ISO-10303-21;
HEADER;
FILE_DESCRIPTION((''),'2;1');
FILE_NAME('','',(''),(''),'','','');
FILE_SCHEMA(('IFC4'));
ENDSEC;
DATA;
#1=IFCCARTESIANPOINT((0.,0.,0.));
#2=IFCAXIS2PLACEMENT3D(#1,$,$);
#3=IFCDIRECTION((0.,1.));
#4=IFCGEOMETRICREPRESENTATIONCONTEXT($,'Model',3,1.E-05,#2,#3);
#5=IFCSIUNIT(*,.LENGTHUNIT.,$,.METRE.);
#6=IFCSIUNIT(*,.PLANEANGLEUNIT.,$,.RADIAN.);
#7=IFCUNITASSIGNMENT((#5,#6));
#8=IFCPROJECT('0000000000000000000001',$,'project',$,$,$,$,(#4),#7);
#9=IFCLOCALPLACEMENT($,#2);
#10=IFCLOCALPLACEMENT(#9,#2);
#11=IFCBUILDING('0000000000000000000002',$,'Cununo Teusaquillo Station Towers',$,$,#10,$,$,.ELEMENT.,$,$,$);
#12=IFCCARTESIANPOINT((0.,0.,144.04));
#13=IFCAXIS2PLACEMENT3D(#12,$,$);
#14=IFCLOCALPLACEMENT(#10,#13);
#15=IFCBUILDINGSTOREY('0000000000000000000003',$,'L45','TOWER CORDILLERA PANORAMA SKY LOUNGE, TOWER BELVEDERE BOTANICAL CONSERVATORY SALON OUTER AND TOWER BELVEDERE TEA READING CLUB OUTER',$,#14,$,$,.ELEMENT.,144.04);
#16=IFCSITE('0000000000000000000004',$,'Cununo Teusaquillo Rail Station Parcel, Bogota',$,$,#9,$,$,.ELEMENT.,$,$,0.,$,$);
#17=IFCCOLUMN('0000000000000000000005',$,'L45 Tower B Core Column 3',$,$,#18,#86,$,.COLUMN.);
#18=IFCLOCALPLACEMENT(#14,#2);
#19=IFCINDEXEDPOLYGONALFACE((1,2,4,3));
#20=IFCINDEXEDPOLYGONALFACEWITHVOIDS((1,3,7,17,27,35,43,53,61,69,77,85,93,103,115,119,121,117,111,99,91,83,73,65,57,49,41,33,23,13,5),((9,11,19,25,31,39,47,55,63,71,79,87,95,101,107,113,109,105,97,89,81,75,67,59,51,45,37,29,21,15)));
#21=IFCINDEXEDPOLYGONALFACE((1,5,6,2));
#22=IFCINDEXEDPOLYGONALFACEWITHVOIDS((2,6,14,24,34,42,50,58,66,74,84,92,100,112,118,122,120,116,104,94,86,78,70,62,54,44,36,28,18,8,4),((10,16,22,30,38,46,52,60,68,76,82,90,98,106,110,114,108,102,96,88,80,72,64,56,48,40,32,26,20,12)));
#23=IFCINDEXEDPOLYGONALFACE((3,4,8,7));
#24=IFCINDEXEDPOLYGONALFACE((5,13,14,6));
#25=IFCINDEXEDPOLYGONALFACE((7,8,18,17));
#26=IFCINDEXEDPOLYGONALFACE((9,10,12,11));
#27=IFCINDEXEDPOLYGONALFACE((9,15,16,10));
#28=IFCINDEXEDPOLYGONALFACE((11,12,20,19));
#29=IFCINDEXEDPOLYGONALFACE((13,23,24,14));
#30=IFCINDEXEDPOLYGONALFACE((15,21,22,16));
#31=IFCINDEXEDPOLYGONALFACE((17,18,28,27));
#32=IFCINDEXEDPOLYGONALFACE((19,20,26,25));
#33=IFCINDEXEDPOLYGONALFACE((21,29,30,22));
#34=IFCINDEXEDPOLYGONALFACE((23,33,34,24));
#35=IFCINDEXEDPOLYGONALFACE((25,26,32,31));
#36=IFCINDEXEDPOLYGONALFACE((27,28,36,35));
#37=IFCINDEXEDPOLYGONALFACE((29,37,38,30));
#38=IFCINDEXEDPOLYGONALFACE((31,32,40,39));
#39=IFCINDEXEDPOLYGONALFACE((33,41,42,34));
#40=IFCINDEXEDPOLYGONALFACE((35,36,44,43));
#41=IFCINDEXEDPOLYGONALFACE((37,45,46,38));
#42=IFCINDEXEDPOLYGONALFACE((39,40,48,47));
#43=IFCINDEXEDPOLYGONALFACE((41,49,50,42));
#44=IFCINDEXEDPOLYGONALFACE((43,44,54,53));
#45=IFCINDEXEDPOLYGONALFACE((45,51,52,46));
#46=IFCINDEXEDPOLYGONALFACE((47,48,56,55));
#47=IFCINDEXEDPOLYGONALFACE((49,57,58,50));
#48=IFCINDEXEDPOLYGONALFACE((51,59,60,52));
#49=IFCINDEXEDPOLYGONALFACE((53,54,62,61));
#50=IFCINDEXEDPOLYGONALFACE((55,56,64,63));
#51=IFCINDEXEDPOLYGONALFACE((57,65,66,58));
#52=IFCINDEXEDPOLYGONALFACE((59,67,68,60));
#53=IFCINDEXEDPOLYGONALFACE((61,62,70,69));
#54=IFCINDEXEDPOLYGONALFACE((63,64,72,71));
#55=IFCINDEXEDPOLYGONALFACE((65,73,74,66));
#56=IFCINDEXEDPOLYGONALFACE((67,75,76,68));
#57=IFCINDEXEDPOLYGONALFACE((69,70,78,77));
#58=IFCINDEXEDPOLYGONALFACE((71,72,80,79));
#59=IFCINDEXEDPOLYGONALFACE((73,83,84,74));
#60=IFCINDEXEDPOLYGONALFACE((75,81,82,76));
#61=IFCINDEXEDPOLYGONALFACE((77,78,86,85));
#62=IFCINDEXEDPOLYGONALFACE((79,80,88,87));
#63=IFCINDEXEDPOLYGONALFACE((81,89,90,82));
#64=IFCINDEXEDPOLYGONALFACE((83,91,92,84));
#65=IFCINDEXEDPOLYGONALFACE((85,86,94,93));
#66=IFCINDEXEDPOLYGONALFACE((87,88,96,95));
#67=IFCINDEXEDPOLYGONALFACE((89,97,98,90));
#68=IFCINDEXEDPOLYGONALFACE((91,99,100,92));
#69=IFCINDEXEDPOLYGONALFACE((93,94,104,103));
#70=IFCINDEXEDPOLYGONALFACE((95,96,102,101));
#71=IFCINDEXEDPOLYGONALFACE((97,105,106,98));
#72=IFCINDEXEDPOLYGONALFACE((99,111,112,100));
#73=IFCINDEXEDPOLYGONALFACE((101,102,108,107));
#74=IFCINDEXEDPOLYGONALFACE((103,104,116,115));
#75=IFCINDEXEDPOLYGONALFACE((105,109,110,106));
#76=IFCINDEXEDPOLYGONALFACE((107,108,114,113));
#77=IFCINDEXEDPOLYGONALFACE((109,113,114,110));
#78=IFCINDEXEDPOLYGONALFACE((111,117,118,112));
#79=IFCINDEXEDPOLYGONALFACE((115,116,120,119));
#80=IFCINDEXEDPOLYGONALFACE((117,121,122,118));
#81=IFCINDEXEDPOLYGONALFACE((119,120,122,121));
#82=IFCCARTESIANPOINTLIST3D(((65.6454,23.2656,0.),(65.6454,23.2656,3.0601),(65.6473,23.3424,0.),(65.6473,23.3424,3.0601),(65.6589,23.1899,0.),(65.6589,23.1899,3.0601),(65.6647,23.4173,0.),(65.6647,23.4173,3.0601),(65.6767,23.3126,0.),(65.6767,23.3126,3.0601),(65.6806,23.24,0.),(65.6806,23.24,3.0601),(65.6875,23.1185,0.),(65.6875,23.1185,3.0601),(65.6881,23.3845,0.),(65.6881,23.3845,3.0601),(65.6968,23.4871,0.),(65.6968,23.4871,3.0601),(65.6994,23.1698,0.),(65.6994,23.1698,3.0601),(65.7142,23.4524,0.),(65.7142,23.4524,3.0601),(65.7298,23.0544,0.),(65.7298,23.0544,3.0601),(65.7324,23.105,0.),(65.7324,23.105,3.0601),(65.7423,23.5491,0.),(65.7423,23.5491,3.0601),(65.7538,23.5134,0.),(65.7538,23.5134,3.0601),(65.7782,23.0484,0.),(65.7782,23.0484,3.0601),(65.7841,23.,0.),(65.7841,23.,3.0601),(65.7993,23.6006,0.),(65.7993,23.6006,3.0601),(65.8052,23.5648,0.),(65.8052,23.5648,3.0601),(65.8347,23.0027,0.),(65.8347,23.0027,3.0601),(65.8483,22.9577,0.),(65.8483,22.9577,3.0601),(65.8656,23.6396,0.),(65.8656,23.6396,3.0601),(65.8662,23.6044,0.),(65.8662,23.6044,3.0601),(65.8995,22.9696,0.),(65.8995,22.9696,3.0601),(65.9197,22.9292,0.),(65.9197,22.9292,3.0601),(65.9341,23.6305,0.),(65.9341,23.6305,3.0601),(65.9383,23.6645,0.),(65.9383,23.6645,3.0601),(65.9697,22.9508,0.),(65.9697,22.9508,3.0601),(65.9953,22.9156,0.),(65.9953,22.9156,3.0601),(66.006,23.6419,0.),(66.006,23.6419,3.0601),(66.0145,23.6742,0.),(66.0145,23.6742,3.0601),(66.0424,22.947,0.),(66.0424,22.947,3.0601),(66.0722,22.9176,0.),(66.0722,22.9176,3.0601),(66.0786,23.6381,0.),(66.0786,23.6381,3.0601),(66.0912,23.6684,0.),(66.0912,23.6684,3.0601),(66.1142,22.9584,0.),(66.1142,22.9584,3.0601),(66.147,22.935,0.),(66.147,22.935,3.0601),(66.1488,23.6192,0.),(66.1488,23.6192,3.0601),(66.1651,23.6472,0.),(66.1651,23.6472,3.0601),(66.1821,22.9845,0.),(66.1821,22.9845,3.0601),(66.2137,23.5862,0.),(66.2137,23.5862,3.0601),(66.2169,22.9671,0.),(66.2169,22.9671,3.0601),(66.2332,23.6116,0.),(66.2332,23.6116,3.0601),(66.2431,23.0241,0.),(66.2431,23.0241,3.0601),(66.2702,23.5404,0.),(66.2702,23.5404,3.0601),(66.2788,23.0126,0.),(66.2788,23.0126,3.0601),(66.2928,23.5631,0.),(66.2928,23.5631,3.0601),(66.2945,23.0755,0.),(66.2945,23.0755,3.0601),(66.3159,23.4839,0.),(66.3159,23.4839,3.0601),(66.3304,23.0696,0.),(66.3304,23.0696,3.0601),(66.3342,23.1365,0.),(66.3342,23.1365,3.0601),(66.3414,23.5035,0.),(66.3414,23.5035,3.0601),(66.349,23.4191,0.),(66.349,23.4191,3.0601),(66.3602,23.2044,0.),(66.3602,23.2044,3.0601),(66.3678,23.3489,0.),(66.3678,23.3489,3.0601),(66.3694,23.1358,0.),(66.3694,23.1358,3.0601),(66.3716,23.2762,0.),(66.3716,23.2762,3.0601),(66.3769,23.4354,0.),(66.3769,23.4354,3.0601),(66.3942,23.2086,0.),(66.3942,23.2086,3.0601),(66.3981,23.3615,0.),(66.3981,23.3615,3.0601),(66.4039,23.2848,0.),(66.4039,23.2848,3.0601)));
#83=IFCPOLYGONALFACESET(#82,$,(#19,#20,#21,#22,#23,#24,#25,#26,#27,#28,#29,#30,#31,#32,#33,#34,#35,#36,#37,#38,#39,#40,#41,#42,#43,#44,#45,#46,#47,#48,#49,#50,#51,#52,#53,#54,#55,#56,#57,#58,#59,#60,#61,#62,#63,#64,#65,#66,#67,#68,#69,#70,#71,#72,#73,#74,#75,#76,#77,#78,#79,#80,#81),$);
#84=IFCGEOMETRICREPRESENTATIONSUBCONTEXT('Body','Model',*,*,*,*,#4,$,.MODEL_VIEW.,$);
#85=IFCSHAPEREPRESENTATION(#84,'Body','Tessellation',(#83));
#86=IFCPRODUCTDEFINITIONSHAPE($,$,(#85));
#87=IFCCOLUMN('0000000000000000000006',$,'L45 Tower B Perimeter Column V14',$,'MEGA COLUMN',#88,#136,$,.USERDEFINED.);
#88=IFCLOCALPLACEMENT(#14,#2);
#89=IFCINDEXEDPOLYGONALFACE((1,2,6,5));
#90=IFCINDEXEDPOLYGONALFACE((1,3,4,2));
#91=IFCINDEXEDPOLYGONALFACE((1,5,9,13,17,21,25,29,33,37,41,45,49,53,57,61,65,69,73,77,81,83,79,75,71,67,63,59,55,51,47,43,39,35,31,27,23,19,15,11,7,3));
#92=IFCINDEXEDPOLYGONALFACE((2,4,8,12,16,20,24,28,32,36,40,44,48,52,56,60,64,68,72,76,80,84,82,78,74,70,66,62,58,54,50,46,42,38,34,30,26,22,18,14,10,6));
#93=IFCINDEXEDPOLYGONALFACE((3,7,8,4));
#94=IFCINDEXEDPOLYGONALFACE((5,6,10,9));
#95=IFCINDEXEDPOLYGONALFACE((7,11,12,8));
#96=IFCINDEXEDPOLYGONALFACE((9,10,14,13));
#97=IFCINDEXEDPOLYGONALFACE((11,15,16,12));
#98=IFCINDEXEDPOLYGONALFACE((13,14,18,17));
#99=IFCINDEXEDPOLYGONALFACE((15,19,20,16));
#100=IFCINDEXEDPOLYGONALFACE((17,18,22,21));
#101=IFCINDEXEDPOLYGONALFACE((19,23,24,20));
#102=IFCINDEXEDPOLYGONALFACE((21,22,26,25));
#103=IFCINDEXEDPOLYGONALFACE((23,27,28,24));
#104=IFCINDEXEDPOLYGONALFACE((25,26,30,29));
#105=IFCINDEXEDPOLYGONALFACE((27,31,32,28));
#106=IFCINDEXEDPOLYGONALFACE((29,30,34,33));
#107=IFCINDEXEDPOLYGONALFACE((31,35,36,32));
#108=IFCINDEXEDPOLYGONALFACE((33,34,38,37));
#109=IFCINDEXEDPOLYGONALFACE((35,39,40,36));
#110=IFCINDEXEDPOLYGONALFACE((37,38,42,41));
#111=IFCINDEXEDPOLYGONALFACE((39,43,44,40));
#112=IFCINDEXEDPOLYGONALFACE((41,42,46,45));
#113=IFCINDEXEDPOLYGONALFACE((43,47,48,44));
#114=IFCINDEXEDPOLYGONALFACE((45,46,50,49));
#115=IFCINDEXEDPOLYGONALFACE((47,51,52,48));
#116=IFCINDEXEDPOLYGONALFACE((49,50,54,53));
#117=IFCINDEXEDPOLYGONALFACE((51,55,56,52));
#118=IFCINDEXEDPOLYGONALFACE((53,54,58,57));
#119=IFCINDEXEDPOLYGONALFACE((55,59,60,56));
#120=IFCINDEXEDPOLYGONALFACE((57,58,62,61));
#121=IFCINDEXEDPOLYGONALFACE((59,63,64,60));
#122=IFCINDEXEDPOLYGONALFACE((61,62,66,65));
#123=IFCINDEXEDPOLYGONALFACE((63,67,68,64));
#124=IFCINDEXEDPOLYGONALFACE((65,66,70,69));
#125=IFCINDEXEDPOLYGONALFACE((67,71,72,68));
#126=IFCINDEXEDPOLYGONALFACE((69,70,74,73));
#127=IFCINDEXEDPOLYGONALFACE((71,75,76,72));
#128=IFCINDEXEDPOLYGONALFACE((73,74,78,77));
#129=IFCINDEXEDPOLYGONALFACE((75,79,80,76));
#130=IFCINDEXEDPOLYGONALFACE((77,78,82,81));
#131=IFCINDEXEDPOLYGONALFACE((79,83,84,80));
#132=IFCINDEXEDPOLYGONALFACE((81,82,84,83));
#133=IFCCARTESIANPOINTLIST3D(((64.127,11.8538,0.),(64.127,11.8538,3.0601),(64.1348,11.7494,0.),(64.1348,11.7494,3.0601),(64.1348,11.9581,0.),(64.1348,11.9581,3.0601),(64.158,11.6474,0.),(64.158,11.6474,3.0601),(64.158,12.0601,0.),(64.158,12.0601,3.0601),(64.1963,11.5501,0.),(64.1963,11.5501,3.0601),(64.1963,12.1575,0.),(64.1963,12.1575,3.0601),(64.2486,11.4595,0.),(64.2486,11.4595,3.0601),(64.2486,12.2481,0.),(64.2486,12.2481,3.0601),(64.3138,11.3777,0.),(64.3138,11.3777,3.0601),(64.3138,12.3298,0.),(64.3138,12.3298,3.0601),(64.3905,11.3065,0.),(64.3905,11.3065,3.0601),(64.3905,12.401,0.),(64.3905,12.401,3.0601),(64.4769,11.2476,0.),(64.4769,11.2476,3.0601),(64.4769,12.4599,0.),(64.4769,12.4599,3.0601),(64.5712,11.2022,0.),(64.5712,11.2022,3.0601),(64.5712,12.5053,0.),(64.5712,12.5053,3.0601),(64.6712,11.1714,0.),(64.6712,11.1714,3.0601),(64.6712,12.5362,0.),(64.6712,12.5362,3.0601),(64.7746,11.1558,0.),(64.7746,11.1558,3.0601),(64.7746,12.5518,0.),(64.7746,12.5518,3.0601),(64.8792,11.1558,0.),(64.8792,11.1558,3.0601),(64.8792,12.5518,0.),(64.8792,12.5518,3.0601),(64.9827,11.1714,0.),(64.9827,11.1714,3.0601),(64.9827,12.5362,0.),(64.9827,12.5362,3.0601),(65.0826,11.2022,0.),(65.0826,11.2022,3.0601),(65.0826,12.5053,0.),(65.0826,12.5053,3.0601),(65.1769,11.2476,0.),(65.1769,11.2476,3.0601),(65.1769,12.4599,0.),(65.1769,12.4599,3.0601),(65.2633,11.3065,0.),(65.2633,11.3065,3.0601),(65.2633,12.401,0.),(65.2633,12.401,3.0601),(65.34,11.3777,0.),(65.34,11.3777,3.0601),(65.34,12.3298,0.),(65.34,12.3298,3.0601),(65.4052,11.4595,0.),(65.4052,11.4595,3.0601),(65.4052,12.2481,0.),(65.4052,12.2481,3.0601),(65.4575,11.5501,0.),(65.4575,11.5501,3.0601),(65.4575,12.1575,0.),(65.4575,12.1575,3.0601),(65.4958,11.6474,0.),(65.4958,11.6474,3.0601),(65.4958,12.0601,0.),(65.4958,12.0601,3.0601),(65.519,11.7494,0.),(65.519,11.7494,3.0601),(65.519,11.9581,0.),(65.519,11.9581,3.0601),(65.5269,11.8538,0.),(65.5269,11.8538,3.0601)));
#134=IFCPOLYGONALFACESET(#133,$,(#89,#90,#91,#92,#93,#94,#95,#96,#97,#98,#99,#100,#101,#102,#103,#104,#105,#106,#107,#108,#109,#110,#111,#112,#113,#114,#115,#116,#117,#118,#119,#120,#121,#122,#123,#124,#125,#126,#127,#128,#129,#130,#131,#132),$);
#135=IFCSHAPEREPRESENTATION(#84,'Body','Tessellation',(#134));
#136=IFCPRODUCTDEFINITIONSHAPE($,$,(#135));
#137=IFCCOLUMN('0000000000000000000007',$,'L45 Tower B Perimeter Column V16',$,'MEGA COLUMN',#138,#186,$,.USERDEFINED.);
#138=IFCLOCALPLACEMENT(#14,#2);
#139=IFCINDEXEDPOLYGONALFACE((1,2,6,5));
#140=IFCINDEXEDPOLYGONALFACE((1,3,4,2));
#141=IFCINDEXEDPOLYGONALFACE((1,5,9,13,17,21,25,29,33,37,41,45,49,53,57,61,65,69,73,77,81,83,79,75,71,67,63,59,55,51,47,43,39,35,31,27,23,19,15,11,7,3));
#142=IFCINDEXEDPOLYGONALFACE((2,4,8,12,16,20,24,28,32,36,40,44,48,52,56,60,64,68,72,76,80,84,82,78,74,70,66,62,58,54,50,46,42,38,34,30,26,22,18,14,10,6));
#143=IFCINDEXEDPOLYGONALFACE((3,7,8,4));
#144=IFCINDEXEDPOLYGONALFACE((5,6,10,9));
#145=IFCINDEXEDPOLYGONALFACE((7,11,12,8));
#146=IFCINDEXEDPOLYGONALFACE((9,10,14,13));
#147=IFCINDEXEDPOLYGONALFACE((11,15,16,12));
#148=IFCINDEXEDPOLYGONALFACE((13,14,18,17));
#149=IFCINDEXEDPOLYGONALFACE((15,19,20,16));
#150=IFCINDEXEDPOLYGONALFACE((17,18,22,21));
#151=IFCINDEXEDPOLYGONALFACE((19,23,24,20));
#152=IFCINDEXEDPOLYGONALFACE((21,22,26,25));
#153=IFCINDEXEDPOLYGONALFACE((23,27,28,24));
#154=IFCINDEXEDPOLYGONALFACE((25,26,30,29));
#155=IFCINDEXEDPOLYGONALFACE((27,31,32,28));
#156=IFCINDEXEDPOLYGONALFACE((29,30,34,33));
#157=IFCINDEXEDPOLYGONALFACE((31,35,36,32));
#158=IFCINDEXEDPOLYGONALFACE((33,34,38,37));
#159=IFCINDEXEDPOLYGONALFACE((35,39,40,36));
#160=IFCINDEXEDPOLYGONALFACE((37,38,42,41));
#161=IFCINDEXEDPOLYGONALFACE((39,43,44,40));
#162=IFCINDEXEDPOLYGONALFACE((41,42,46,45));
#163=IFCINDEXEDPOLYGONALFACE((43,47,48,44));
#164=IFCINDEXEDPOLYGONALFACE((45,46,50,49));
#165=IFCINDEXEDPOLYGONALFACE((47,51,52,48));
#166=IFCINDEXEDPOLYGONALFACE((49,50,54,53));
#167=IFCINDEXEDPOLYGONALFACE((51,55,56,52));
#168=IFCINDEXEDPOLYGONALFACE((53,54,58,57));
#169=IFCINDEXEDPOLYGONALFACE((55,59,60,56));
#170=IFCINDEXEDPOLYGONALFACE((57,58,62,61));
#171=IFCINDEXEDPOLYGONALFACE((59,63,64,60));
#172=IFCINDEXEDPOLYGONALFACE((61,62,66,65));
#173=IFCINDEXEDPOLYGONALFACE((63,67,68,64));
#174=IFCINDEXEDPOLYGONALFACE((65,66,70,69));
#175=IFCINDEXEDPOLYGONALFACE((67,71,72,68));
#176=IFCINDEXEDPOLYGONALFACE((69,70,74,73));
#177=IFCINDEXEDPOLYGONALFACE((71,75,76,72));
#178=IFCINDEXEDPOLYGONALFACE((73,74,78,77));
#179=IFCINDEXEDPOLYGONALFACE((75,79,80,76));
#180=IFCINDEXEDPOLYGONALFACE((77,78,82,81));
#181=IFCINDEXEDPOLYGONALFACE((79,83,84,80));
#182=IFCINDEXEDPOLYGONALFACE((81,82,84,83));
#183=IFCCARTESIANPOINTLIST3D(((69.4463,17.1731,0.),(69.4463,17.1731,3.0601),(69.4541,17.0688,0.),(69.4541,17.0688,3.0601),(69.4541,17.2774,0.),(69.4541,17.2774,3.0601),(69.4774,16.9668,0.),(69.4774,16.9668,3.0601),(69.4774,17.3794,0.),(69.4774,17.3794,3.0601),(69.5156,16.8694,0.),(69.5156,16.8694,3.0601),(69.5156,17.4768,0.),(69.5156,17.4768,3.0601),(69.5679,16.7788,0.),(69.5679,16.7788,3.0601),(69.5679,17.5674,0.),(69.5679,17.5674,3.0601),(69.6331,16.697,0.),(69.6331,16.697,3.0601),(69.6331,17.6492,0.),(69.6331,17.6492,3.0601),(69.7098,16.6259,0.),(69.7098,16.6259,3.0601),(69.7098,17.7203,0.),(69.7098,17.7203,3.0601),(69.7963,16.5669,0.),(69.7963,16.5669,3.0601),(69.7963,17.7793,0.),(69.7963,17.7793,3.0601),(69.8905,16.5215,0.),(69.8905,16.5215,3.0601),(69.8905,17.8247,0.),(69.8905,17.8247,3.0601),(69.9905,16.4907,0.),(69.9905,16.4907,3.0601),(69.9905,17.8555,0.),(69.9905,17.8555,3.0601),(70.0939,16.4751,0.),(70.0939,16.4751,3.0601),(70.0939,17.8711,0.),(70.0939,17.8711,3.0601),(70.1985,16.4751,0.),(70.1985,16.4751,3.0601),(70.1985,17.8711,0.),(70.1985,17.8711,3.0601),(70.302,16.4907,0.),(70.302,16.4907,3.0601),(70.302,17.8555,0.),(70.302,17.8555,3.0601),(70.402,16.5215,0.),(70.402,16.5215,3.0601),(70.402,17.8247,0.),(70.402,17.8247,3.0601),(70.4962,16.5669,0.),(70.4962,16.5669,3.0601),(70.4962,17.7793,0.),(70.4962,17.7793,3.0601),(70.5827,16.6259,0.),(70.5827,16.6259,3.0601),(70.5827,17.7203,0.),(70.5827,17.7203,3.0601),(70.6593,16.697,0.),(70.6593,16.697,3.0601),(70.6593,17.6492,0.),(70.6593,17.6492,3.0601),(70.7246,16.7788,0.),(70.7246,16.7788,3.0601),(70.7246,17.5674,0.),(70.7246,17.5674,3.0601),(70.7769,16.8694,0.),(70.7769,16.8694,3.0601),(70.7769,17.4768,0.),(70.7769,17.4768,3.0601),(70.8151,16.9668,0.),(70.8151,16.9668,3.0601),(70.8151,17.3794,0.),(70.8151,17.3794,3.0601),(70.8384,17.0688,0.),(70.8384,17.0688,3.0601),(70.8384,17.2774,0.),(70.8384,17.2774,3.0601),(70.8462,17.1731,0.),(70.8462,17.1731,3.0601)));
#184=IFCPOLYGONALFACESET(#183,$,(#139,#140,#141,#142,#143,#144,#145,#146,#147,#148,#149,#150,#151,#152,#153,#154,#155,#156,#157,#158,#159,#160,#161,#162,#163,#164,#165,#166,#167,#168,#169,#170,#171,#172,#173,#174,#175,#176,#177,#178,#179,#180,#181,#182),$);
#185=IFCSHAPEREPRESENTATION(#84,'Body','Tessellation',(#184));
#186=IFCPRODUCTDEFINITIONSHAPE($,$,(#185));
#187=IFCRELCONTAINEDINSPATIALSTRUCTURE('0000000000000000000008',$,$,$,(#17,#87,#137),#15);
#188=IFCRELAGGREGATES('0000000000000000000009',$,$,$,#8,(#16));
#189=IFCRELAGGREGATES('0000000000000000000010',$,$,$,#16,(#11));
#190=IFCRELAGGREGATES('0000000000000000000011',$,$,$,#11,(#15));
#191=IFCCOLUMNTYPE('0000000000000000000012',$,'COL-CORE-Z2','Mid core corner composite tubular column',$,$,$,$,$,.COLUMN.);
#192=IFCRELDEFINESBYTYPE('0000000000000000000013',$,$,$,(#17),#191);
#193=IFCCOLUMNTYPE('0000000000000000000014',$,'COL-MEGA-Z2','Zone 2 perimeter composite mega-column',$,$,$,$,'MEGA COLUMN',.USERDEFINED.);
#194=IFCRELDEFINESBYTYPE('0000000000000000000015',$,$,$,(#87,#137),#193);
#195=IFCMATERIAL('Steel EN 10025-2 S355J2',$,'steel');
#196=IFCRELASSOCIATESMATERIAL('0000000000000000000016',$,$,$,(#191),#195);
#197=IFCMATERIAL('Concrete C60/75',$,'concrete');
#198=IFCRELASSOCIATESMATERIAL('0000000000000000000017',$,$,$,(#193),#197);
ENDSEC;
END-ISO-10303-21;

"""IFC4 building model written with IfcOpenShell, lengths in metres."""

from ifc_helpers import new_model, si_unit, direction, frame, origin, origin_2d, place, context, subcontext, project, spatial, circle, hollow_circle, extrude, material, material_profile, profile_set, type_object, element, save


model = new_model("IFC4")

# Units and contexts
model_context = context("Model", 3, precision=1e-05, world=origin(), true_north=direction((0.0, 1.0)))
body_context = subcontext(model_context, "Body", "Model", "MODEL_VIEW")
ifc_project = project(units=[si_unit("LENGTHUNIT", "METRE"), si_unit("PLANEANGLEUNIT", "RADIAN")], contexts=[model_context])

# Site, building, storey
site_placement = place(None, origin())
site = spatial("IfcSite", under=ifc_project, at=site_placement, Name="Cununo Teusaquillo Rail Station Parcel, Bogota", CompositionType="ELEMENT", RefElevation=0.0)
building_placement = place(site_placement, origin())
building = spatial("IfcBuilding", under=site, at=building_placement, Name="Cununo Teusaquillo Station Towers", CompositionType="ELEMENT")
storey_placement = place(building_placement, frame((0.0, 0.0, 144.04)))
storey = spatial("IfcBuildingStorey", under=building, at=storey_placement, Name="L45", Description="TOWER CORDILLERA PANORAMA SKY LOUNGE, TOWER BELVEDERE BOTANICAL CONSERVATORY SALON OUTER AND TOWER BELVEDERE TEA READING CLUB OUTER", CompositionType="ELEMENT", Elevation=144.04)

# Columns
ifc_material_1 = material(Name="Steel EN 10025-2 S355J2", Category="steel")
ifc_material_profile_1 = material_profile(ifc_material_1, hollow_circle(Radius=0.3799, WallThickness=0.032, at=origin_2d()), Name="CHS 760x32")
ifc_profile_set_1 = profile_set([ifc_material_profile_1], Name="Steel EN 10025-2 S355J2")
column_type_1 = type_object("IfcColumnType", Name="COL-CORE-Z2", Description="Mid core corner composite tubular column", PredefinedType="COLUMN", material=ifc_profile_set_1)
column_placement = place(storey_placement, frame((66.0242, 23.2944, 0.0), z_axis=(0.0, 0.0, 1.0), x_axis=(0.707107, 0.707107, 0.0)))
element("IfcColumn", 1, at=column_placement, inside=storey, type_object=column_type_1, Name="L45 Tower B Core Column 3", PredefinedType="COLUMN", context=body_context, shape_type="SweptSolid", body=[
    extrude(hollow_circle(Radius=0.3799, WallThickness=0.032, at=origin_2d()), origin(), (0.0, 0.0, 1.0), 3.0601),
])
ifc_material_2 = material(Name="Concrete C60/75", Category="concrete")
ifc_material_profile_2 = material_profile(ifc_material_2, circle(Radius=0.7, at=origin_2d()), Name="RC-CIRC-1400")
ifc_profile_set_2 = profile_set([ifc_material_profile_2], Name="Concrete C60/75")
column_type_2 = type_object("IfcColumnType", Name="COL-MEGA-Z2", Description="Zone 2 perimeter composite mega-column", ElementType="MEGA COLUMN", PredefinedType="USERDEFINED", material=ifc_profile_set_2)
for number, where, z_axis, x_axis, name in (
    (2, (64.8269, 11.8538, 0.0), (0.0, 0.0, 1.0), (1.0, 0.0, 0.0), "L45 Tower B Perimeter Column V14"),
    (3, (70.1462, 17.1731, 0.0), (0.0, 0.0, 1.0), (1.0, 0.0, 0.0), "L45 Tower B Perimeter Column V16"),
):
    element("IfcColumn", number, at=place(storey_placement, frame(where, z_axis=z_axis, x_axis=x_axis)), inside=storey, type_object=column_type_2, Name=name, ObjectType="MEGA COLUMN", PredefinedType="USERDEFINED", context=body_context, shape_type="SweptSolid", body=[
        extrude(circle(Radius=0.7, at=origin_2d()), origin(), (0.0, 0.0, 1.0), 3.0601),
    ])

save(model, "model.ifc")
